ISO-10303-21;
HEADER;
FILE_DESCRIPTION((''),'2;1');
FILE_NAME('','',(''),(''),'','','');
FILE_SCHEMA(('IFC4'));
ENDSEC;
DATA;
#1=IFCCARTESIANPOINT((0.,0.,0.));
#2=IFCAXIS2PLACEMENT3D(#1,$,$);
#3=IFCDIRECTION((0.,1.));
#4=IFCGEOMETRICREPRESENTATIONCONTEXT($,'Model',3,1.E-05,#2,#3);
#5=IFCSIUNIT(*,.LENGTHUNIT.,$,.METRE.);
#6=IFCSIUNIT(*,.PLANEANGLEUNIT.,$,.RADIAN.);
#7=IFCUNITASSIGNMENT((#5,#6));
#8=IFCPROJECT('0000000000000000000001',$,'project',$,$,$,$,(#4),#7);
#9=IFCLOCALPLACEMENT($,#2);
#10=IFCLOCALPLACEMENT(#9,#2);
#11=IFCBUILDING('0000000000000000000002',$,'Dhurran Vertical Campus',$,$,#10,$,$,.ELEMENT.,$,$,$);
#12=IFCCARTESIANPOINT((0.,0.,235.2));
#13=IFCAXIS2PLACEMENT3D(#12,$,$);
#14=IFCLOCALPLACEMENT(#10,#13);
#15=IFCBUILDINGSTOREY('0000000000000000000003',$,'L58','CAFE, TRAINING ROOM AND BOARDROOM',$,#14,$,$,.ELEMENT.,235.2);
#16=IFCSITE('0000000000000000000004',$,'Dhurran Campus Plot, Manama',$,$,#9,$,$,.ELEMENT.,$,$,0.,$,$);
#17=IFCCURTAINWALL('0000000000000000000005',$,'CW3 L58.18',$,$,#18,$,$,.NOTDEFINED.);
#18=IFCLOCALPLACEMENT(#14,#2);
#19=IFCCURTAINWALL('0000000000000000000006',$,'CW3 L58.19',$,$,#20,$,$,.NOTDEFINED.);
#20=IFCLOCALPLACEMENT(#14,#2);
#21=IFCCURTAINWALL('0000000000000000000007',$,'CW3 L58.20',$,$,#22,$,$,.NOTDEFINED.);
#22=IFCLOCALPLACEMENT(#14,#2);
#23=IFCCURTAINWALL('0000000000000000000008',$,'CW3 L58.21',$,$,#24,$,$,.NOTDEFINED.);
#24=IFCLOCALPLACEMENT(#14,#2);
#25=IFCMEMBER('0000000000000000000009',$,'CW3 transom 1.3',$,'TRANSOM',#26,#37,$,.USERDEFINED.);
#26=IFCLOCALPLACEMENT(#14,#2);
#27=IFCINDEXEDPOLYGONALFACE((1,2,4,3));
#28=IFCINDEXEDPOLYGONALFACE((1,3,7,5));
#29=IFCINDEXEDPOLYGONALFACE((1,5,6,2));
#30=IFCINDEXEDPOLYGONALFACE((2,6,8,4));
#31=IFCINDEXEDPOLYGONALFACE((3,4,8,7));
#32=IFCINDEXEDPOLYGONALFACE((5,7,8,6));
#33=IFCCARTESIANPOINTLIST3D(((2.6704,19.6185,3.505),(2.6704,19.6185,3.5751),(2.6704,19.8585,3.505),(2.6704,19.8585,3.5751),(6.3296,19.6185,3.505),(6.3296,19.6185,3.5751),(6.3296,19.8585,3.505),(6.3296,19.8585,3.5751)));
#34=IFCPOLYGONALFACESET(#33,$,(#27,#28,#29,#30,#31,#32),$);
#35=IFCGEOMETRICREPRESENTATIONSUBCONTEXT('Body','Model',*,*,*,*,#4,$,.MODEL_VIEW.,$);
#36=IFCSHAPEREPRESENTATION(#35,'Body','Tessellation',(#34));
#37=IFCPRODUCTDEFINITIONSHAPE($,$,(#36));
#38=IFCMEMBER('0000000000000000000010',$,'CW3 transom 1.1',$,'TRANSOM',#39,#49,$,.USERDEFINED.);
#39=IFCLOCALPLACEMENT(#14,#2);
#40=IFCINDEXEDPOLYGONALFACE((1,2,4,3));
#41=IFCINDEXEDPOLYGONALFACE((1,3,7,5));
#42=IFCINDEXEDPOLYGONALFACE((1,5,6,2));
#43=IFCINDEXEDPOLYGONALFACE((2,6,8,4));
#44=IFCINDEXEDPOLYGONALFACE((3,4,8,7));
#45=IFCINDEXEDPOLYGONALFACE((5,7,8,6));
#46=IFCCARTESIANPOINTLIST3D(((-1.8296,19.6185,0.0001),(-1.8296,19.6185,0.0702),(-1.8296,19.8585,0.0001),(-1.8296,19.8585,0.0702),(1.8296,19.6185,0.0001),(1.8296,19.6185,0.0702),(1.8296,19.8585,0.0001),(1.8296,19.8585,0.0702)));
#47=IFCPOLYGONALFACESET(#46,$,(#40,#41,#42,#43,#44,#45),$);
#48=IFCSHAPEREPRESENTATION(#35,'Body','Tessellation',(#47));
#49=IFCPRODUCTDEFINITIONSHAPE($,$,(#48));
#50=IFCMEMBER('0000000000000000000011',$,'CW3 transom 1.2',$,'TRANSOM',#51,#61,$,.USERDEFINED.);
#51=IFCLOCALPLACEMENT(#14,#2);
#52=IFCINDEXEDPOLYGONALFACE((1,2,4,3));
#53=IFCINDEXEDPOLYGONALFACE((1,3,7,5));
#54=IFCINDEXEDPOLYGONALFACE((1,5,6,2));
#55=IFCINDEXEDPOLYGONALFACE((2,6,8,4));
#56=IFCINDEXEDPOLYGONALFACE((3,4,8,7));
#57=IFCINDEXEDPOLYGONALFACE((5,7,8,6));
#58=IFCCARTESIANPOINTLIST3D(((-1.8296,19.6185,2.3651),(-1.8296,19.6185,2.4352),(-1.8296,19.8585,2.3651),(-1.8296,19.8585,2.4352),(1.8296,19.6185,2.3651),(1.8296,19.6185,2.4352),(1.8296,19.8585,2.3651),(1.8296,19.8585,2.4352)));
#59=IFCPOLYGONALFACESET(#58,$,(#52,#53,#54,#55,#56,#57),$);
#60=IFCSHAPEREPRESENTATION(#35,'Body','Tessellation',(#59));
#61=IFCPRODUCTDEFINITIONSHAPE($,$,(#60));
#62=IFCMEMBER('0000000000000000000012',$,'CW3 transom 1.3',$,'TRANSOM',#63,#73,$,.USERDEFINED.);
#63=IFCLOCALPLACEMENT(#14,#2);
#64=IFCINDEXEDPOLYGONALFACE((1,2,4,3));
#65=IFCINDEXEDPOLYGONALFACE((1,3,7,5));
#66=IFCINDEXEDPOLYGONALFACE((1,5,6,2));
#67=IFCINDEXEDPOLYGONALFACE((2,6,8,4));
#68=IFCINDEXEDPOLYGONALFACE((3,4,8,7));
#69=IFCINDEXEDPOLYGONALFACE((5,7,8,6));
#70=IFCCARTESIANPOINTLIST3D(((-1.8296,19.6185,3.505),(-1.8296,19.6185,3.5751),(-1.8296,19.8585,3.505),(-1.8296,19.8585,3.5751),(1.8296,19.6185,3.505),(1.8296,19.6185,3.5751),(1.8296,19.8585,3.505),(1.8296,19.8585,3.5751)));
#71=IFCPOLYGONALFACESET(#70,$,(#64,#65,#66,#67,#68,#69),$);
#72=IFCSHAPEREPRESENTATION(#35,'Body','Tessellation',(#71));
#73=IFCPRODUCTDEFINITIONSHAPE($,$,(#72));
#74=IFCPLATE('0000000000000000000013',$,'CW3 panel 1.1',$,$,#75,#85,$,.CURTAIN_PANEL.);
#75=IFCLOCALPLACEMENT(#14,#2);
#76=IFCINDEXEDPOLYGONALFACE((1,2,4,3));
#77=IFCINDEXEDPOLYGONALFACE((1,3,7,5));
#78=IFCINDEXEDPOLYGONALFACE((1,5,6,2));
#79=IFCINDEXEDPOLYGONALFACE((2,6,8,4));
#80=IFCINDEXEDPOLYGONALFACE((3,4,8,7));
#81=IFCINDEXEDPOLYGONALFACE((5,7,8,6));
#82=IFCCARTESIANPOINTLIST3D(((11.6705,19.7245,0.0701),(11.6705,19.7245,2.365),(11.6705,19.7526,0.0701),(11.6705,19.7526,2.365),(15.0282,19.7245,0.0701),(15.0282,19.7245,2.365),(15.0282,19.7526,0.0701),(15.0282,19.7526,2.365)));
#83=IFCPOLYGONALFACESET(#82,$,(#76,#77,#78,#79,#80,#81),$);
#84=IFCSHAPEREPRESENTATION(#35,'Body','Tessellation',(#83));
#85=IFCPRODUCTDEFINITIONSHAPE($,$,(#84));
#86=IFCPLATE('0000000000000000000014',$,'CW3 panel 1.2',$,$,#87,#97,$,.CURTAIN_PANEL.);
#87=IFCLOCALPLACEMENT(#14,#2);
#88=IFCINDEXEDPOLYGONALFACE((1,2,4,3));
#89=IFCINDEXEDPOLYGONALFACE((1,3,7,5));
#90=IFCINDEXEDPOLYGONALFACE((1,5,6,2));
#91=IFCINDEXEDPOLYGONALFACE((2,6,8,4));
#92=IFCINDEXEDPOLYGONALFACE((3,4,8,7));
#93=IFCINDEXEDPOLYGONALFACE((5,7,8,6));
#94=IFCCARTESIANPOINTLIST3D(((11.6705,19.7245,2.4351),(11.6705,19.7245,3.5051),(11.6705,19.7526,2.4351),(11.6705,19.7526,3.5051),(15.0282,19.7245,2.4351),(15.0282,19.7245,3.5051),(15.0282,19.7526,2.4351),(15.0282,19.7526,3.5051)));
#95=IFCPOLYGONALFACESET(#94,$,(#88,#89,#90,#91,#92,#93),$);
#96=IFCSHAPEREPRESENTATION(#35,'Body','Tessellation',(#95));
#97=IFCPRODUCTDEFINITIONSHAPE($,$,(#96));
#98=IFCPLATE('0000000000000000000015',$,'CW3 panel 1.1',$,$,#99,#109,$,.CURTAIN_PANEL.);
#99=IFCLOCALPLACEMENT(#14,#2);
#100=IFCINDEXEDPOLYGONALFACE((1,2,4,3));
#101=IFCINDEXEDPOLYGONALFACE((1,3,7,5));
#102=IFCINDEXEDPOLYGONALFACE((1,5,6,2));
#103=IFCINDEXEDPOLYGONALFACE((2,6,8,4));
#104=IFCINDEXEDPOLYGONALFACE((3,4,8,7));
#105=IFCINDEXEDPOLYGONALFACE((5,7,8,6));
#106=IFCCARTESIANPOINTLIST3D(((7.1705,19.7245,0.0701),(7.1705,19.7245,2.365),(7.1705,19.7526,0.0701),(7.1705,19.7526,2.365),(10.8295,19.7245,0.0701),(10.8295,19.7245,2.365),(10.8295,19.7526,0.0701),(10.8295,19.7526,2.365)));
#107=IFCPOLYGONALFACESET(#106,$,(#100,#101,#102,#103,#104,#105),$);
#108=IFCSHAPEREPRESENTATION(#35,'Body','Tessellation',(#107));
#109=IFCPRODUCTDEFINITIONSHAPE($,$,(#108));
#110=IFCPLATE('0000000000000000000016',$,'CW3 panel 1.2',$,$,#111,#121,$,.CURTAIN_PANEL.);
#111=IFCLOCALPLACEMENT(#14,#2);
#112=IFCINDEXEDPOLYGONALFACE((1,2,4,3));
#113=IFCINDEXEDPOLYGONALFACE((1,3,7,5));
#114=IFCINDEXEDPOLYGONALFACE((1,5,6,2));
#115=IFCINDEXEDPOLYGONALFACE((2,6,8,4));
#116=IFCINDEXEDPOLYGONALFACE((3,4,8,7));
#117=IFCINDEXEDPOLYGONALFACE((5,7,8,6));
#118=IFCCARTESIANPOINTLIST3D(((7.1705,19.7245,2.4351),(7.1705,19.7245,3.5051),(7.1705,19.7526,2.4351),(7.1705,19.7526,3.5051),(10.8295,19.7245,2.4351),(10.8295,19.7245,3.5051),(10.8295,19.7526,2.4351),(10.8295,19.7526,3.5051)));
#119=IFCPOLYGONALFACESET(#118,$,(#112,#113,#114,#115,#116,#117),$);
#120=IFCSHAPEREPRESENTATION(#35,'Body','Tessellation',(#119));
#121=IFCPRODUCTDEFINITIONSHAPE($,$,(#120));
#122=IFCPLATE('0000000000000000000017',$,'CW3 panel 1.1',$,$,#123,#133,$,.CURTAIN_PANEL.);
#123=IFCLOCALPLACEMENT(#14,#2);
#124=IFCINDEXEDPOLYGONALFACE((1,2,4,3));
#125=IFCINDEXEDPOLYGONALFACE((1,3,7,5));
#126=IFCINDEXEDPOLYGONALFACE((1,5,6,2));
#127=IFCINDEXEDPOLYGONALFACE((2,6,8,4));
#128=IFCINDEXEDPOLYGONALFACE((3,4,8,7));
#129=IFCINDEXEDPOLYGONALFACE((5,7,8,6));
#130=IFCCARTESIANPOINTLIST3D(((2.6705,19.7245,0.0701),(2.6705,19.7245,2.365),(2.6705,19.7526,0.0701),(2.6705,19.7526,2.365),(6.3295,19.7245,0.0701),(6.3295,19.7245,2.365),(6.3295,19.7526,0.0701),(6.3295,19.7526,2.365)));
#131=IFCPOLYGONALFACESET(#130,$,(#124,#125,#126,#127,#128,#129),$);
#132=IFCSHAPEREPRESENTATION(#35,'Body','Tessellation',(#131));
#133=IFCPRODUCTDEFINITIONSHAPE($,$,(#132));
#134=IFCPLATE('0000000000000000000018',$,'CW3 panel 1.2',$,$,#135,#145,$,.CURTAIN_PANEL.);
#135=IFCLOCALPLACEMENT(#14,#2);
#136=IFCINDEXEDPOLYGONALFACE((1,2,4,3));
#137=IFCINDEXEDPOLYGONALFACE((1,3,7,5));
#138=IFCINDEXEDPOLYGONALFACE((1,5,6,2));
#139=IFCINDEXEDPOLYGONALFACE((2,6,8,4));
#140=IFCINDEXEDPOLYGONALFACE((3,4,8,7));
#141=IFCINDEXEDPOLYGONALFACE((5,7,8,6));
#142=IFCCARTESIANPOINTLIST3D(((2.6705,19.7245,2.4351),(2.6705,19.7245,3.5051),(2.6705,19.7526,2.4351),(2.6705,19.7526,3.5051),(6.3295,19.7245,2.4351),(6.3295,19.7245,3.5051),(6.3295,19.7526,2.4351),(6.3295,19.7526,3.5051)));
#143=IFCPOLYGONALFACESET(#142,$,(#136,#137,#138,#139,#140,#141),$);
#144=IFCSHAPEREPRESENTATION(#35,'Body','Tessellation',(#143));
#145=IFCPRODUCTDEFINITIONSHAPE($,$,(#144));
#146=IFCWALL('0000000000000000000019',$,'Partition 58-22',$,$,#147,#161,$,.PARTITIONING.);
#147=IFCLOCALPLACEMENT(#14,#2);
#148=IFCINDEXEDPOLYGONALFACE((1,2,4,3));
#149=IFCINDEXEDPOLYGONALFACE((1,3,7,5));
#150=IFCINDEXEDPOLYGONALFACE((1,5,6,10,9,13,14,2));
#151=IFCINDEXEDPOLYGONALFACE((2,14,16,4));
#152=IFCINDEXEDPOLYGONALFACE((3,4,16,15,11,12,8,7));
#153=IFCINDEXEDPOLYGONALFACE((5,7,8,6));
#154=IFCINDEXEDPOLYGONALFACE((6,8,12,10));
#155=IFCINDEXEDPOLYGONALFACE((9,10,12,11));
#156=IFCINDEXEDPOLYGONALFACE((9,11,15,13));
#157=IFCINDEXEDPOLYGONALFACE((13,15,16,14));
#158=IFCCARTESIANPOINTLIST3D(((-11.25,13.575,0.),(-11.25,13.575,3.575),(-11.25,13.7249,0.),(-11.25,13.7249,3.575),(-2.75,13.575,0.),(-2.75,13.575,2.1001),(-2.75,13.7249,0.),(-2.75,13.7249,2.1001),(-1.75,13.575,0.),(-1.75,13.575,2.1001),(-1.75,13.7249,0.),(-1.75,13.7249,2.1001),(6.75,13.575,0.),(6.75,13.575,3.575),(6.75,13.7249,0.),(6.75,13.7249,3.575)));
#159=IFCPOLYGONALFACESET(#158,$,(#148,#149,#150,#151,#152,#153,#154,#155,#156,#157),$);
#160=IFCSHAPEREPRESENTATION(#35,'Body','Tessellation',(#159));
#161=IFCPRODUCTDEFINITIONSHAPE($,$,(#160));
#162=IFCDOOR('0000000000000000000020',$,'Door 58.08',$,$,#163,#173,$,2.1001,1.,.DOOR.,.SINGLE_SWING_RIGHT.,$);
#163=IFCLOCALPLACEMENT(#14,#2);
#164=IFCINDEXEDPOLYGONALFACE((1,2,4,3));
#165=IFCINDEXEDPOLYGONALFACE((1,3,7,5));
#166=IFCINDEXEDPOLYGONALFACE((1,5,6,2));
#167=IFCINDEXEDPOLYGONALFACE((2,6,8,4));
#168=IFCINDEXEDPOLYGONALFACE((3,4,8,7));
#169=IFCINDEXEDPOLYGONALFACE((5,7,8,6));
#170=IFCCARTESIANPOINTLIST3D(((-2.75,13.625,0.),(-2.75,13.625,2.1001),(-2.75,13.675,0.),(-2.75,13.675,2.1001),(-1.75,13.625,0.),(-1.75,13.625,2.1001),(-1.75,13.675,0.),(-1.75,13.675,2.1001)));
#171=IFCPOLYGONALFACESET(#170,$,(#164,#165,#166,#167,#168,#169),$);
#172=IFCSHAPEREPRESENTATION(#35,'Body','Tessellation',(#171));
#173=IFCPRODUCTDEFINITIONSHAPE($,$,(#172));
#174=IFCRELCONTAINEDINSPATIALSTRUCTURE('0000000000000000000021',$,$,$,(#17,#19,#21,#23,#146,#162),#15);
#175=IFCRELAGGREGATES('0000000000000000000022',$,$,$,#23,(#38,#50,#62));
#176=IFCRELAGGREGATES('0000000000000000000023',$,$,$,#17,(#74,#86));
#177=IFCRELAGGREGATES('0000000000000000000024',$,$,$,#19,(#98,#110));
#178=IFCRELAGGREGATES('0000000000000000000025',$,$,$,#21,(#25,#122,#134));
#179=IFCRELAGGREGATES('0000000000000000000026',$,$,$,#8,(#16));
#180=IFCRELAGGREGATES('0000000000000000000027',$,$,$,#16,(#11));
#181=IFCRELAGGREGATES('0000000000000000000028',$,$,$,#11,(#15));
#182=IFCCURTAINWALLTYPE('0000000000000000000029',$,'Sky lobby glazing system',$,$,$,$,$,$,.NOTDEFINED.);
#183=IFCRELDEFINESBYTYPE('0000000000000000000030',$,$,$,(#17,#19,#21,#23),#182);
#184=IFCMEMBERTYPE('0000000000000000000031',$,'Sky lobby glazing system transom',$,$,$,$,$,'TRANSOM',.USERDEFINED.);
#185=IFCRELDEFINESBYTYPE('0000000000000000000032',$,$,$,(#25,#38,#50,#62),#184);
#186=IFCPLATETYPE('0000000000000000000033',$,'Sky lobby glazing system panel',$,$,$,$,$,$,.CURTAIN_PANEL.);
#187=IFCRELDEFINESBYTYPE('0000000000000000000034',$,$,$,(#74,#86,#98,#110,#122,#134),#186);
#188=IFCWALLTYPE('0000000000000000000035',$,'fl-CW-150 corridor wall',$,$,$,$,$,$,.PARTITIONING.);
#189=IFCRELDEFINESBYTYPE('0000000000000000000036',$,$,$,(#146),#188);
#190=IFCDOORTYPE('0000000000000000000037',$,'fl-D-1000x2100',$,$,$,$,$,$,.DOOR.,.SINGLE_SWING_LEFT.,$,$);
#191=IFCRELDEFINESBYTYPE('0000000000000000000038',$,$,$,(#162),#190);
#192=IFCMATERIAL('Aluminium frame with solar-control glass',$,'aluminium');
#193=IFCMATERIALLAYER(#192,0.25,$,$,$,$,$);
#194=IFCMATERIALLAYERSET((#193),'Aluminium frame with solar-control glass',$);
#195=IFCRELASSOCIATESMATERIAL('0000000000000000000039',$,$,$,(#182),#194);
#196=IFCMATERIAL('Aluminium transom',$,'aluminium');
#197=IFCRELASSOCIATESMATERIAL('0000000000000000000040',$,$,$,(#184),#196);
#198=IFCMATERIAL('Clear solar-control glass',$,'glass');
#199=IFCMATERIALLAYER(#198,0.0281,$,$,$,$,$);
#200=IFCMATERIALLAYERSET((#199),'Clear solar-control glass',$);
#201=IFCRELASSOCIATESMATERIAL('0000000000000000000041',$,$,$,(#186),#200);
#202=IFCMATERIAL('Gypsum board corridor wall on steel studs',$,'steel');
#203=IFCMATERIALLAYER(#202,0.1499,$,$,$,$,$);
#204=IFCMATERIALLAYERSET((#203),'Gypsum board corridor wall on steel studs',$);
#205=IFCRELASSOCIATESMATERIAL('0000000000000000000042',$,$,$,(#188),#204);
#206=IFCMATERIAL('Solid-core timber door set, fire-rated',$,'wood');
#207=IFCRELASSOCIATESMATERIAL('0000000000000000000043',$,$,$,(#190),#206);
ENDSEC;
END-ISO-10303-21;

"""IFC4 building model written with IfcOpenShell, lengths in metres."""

from ifc_helpers import new_model, si_unit, direction, frame, frame_2d, origin, origin_2d, place, context, subcontext, project, spatial, rectangle, extrude, material, layer, layer_set, material_profile, profile_set, type_object, element, fill, aggregate, save


model = new_model("IFC4")

# Units and contexts
model_context = context("Model", 3, precision=1e-05, world=origin(), true_north=direction((0.0, 1.0)))
body_context = subcontext(model_context, "Body", "Model", "MODEL_VIEW")
ifc_project = project(units=[si_unit("LENGTHUNIT", "METRE"), si_unit("PLANEANGLEUNIT", "RADIAN")], contexts=[model_context])

# Site, building, storey
site_placement = place(None, origin())
site = spatial("IfcSite", under=ifc_project, at=site_placement, Name="Dhurran Campus Plot, Manama", CompositionType="ELEMENT", RefElevation=0.0)
building_placement = place(site_placement, origin())
building = spatial("IfcBuilding", under=site, at=building_placement, Name="Dhurran Vertical Campus", CompositionType="ELEMENT")
storey_placement = place(building_placement, frame((0.0, 0.0, 235.2)))
storey = spatial("IfcBuildingStorey", under=building, at=storey_placement, Name="L58", Description="CAFE, TRAINING ROOM AND BOARDROOM", CompositionType="ELEMENT", Elevation=235.2)

# Curtain wall
ifc_material_1 = material(Name="Aluminium frame with solar-control glass", Category="aluminium")
ifc_layer_1 = layer(ifc_material_1, 0.25)
ifc_layer_set_1 = layer_set([ifc_layer_1], Name="Aluminium frame with solar-control glass")
curtain_wall_type = type_object("IfcCurtainWallType", Name="Sky lobby glazing system", PredefinedType="NOTDEFINED", material=ifc_layer_set_1)
curtain_wall_1_placement = place(storey_placement, origin())
curtain_wall_1 = element("IfcCurtainWall", 1, at=curtain_wall_1_placement, inside=storey, type_object=curtain_wall_type, Name="CW3 L58.18", PredefinedType="NOTDEFINED")

# Curtain walls
curtain_wall_2_placement = place(storey_placement, origin())
curtain_wall_2 = element("IfcCurtainWall", 2, at=curtain_wall_2_placement, inside=storey, type_object=curtain_wall_type, Name="CW3 L58.19", PredefinedType="NOTDEFINED")
curtain_wall_3_placement = place(storey_placement, origin())
curtain_wall_3 = element("IfcCurtainWall", 3, at=curtain_wall_3_placement, inside=storey, type_object=curtain_wall_type, Name="CW3 L58.20", PredefinedType="NOTDEFINED")

# Curtain wall
curtain_wall_4_placement = place(storey_placement, origin())
curtain_wall_4 = element("IfcCurtainWall", 4, at=curtain_wall_4_placement, inside=storey, type_object=curtain_wall_type, Name="CW3 L58.21", PredefinedType="NOTDEFINED")

# Members
ifc_material_2 = material(Name="Aluminium transom", Category="aluminium")
ifc_material_profile_1 = material_profile(ifc_material_2, rectangle(XDim=0.24, YDim=0.0701, at=origin_2d()), Name="Sky lobby glazing system transom")
ifc_profile_set_1 = profile_set([ifc_material_profile_1], Name="Aluminium transom")
member_type_1 = type_object("IfcMemberType", Name="Sky lobby glazing system transom", ElementType="TRANSOM", PredefinedType="USERDEFINED", material=ifc_profile_set_1)
member_1_placement = place(storey_placement, frame((6.3296, 19.7385, 3.54), z_axis=(-1.0, 0.0, 0.0), x_axis=(0.0, -1.0, 0.0)))
member_1 = element("IfcMember", 5, at=member_1_placement, type_object=member_type_1, Name="CW3 transom 1.3", ObjectType="TRANSOM", PredefinedType="USERDEFINED", context=body_context, shape_type="SweptSolid", body=[
    extrude(rectangle(XDim=0.24, YDim=0.0701, at=origin_2d()), origin(), (0.0, 0.0, 1.0), 3.6592),
])
member_2_placement = place(storey_placement, frame((1.8296, 19.7385, 0.0352), z_axis=(-1.0, 0.0, 0.0), x_axis=(0.0, -1.0, 0.0)))
member_2 = element("IfcMember", 6, at=member_2_placement, type_object=member_type_1, Name="CW3 transom 1.1", ObjectType="TRANSOM", PredefinedType="USERDEFINED", context=body_context, shape_type="SweptSolid", body=[
    extrude(rectangle(XDim=0.24, YDim=0.0701, at=origin_2d()), origin(), (0.0, 0.0, 1.0), 3.6592),
])
member_3_placement = place(storey_placement, frame((1.8296, 19.7385, 2.4001), z_axis=(-1.0, 0.0, 0.0), x_axis=(0.0, -1.0, 0.0)))
member_3 = element("IfcMember", 7, at=member_3_placement, type_object=member_type_1, Name="CW3 transom 1.2", ObjectType="TRANSOM", PredefinedType="USERDEFINED", context=body_context, shape_type="SweptSolid", body=[
    extrude(rectangle(XDim=0.24, YDim=0.0701, at=origin_2d()), origin(), (0.0, 0.0, 1.0), 3.6592),
])
member_4_placement = place(storey_placement, frame((1.8296, 19.7385, 3.54), z_axis=(-1.0, 0.0, 0.0), x_axis=(0.0, -1.0, 0.0)))
member_4 = element("IfcMember", 8, at=member_4_placement, type_object=member_type_1, Name="CW3 transom 1.3", ObjectType="TRANSOM", PredefinedType="USERDEFINED", context=body_context, shape_type="SweptSolid", body=[
    extrude(rectangle(XDim=0.24, YDim=0.0701, at=origin_2d()), origin(), (0.0, 0.0, 1.0), 3.6592),
])
aggregate(curtain_wall_4, [member_2, member_3, member_4])

# Plates
ifc_material_3 = material(Name="Clear solar-control glass", Category="glass")
ifc_layer_2 = layer(ifc_material_3, 0.0281)
ifc_layer_set_2 = layer_set([ifc_layer_2], Name="Clear solar-control glass")
plate_type = type_object("IfcPlateType", Name="Sky lobby glazing system panel", PredefinedType="CURTAIN_PANEL", material=ifc_layer_set_2)
plate_1_placement = place(storey_placement, frame((13.3494, 19.7385, 0.0701), z_axis=(0.0, 0.0, 1.0), x_axis=(-1.0, 0.0, 0.0)))
plate_1 = element("IfcPlate", 9, at=plate_1_placement, type_object=plate_type, Name="CW3 panel 1.1", PredefinedType="CURTAIN_PANEL", context=body_context, shape_type="SweptSolid", body=[
    extrude(rectangle(XDim=3.3577, YDim=0.0281, at=origin_2d()), origin(), (0.0, 0.0, 1.0), 2.2949),
])
plate_2_placement = place(storey_placement, frame((13.3494, 19.7385, 2.4351), z_axis=(0.0, 0.0, 1.0), x_axis=(-1.0, 0.0, 0.0)))
plate_2 = element("IfcPlate", 10, at=plate_2_placement, type_object=plate_type, Name="CW3 panel 1.2", PredefinedType="CURTAIN_PANEL", context=body_context, shape_type="SweptSolid", body=[
    extrude(rectangle(XDim=3.3577, YDim=0.0281, at=origin_2d()), origin(), (0.0, 0.0, 1.0), 1.0701),
])
aggregate(curtain_wall_1, [plate_1, plate_2])
plate_3_placement = place(storey_placement, frame((9.0, 19.7385, 0.0701), z_axis=(0.0, 0.0, 1.0), x_axis=(-1.0, 0.0, 0.0)))
plate_3 = element("IfcPlate", 11, at=plate_3_placement, type_object=plate_type, Name="CW3 panel 1.1", PredefinedType="CURTAIN_PANEL", context=body_context, shape_type="SweptSolid", body=[
    extrude(rectangle(XDim=3.6589, YDim=0.0281, at=origin_2d()), origin(), (0.0, 0.0, 1.0), 2.2949),
])
plate_4_placement = place(storey_placement, frame((9.0, 19.7385, 2.4351), z_axis=(0.0, 0.0, 1.0), x_axis=(-1.0, 0.0, 0.0)))
plate_4 = element("IfcPlate", 12, at=plate_4_placement, type_object=plate_type, Name="CW3 panel 1.2", PredefinedType="CURTAIN_PANEL", context=body_context, shape_type="SweptSolid", body=[
    extrude(rectangle(XDim=3.6589, YDim=0.0281, at=origin_2d()), origin(), (0.0, 0.0, 1.0), 1.0701),
])
aggregate(curtain_wall_2, [plate_3, plate_4])
plate_5_placement = place(storey_placement, frame((4.5, 19.7385, 0.0701), z_axis=(0.0, 0.0, 1.0), x_axis=(-1.0, 0.0, 0.0)))
plate_5 = element("IfcPlate", 13, at=plate_5_placement, type_object=plate_type, Name="CW3 panel 1.1", PredefinedType="CURTAIN_PANEL", context=body_context, shape_type="SweptSolid", body=[
    extrude(rectangle(XDim=3.6589, YDim=0.0281, at=origin_2d()), origin(), (0.0, 0.0, 1.0), 2.2949),
])
plate_6_placement = place(storey_placement, frame((4.5, 19.7385, 2.4351), z_axis=(0.0, 0.0, 1.0), x_axis=(-1.0, 0.0, 0.0)))
plate_6 = element("IfcPlate", 14, at=plate_6_placement, type_object=plate_type, Name="CW3 panel 1.2", PredefinedType="CURTAIN_PANEL", context=body_context, shape_type="SweptSolid", body=[
    extrude(rectangle(XDim=3.6589, YDim=0.0281, at=origin_2d()), origin(), (0.0, 0.0, 1.0), 1.0701),
])
aggregate(curtain_wall_3, [member_1, plate_5, plate_6])

# Wall, opening, door
ifc_material_4 = material(Name="Gypsum board corridor wall on steel studs", Category="steel")
ifc_layer_3 = layer(ifc_material_4, 0.1499)
ifc_layer_set_3 = layer_set([ifc_layer_3], Name="Gypsum board corridor wall on steel studs")
wall_type_1 = type_object("IfcWallType", Name="fl-CW-150 corridor wall", PredefinedType="PARTITIONING", material=ifc_layer_set_3)
wall_1_placement = place(storey_placement, frame((6.75, 13.6499, 0.0), z_axis=(0.0, 0.0, 1.0), x_axis=(-1.0, 0.0, 0.0)))
wall_1 = element("IfcWall", 15, at=wall_1_placement, inside=storey, type_object=wall_type_1, Name="Partition 58-22", PredefinedType="PARTITIONING", context=body_context, shape_type="SweptSolid", body=[
    extrude(rectangle(XDim=18.0, YDim=0.1499, at=frame_2d((9.0, 0.0))), origin(), (0.0, 0.0, 1.0), 3.575),
])
opening_1_placement = place(wall_1_placement, frame((8.5, 0.0, 0.0)))
opening_1 = element("IfcOpeningElement", 16, at=opening_1_placement, cuts=wall_1, PredefinedType="OPENING", context=body_context, shape_type="SweptSolid", body=[
    extrude(rectangle(XDim=1.0, YDim=2.1001, at=frame_2d((0.5, 1.05))), frame((0.0, 0.085, 0.0), z_axis=(0.0, -1.0, 0.0), x_axis=(1.0, 0.0, 0.0)), (0.0, 0.0, 1.0), 0.1699),
])
ifc_material_5 = material(Name="Solid-core timber door set, fire-rated", Category="wood")
door_type = type_object("IfcDoorType", Name="fl-D-1000x2100", OperationType="SINGLE_SWING_LEFT", PredefinedType="DOOR", material=ifc_material_5)
door_1_placement = place(opening_1_placement, origin())
door_1 = element("IfcDoor", 17, at=door_1_placement, inside=storey, type_object=door_type, Name="Door 58.08", OperationType="SINGLE_SWING_RIGHT", OverallHeight=2.1001, OverallWidth=1.0, PredefinedType="DOOR", context=body_context, shape_type="SweptSolid", body=[
    extrude(rectangle(XDim=1.0, YDim=2.1001, at=frame_2d((0.5, 1.05))), frame((0.0, 0.0249, 0.0), z_axis=(0.0, -1.0, 0.0), x_axis=(1.0, 0.0, 0.0)), (0.0, 0.0, 1.0), 0.05),
])
fill(opening_1, door_1)

save(model, "model.ifc")
